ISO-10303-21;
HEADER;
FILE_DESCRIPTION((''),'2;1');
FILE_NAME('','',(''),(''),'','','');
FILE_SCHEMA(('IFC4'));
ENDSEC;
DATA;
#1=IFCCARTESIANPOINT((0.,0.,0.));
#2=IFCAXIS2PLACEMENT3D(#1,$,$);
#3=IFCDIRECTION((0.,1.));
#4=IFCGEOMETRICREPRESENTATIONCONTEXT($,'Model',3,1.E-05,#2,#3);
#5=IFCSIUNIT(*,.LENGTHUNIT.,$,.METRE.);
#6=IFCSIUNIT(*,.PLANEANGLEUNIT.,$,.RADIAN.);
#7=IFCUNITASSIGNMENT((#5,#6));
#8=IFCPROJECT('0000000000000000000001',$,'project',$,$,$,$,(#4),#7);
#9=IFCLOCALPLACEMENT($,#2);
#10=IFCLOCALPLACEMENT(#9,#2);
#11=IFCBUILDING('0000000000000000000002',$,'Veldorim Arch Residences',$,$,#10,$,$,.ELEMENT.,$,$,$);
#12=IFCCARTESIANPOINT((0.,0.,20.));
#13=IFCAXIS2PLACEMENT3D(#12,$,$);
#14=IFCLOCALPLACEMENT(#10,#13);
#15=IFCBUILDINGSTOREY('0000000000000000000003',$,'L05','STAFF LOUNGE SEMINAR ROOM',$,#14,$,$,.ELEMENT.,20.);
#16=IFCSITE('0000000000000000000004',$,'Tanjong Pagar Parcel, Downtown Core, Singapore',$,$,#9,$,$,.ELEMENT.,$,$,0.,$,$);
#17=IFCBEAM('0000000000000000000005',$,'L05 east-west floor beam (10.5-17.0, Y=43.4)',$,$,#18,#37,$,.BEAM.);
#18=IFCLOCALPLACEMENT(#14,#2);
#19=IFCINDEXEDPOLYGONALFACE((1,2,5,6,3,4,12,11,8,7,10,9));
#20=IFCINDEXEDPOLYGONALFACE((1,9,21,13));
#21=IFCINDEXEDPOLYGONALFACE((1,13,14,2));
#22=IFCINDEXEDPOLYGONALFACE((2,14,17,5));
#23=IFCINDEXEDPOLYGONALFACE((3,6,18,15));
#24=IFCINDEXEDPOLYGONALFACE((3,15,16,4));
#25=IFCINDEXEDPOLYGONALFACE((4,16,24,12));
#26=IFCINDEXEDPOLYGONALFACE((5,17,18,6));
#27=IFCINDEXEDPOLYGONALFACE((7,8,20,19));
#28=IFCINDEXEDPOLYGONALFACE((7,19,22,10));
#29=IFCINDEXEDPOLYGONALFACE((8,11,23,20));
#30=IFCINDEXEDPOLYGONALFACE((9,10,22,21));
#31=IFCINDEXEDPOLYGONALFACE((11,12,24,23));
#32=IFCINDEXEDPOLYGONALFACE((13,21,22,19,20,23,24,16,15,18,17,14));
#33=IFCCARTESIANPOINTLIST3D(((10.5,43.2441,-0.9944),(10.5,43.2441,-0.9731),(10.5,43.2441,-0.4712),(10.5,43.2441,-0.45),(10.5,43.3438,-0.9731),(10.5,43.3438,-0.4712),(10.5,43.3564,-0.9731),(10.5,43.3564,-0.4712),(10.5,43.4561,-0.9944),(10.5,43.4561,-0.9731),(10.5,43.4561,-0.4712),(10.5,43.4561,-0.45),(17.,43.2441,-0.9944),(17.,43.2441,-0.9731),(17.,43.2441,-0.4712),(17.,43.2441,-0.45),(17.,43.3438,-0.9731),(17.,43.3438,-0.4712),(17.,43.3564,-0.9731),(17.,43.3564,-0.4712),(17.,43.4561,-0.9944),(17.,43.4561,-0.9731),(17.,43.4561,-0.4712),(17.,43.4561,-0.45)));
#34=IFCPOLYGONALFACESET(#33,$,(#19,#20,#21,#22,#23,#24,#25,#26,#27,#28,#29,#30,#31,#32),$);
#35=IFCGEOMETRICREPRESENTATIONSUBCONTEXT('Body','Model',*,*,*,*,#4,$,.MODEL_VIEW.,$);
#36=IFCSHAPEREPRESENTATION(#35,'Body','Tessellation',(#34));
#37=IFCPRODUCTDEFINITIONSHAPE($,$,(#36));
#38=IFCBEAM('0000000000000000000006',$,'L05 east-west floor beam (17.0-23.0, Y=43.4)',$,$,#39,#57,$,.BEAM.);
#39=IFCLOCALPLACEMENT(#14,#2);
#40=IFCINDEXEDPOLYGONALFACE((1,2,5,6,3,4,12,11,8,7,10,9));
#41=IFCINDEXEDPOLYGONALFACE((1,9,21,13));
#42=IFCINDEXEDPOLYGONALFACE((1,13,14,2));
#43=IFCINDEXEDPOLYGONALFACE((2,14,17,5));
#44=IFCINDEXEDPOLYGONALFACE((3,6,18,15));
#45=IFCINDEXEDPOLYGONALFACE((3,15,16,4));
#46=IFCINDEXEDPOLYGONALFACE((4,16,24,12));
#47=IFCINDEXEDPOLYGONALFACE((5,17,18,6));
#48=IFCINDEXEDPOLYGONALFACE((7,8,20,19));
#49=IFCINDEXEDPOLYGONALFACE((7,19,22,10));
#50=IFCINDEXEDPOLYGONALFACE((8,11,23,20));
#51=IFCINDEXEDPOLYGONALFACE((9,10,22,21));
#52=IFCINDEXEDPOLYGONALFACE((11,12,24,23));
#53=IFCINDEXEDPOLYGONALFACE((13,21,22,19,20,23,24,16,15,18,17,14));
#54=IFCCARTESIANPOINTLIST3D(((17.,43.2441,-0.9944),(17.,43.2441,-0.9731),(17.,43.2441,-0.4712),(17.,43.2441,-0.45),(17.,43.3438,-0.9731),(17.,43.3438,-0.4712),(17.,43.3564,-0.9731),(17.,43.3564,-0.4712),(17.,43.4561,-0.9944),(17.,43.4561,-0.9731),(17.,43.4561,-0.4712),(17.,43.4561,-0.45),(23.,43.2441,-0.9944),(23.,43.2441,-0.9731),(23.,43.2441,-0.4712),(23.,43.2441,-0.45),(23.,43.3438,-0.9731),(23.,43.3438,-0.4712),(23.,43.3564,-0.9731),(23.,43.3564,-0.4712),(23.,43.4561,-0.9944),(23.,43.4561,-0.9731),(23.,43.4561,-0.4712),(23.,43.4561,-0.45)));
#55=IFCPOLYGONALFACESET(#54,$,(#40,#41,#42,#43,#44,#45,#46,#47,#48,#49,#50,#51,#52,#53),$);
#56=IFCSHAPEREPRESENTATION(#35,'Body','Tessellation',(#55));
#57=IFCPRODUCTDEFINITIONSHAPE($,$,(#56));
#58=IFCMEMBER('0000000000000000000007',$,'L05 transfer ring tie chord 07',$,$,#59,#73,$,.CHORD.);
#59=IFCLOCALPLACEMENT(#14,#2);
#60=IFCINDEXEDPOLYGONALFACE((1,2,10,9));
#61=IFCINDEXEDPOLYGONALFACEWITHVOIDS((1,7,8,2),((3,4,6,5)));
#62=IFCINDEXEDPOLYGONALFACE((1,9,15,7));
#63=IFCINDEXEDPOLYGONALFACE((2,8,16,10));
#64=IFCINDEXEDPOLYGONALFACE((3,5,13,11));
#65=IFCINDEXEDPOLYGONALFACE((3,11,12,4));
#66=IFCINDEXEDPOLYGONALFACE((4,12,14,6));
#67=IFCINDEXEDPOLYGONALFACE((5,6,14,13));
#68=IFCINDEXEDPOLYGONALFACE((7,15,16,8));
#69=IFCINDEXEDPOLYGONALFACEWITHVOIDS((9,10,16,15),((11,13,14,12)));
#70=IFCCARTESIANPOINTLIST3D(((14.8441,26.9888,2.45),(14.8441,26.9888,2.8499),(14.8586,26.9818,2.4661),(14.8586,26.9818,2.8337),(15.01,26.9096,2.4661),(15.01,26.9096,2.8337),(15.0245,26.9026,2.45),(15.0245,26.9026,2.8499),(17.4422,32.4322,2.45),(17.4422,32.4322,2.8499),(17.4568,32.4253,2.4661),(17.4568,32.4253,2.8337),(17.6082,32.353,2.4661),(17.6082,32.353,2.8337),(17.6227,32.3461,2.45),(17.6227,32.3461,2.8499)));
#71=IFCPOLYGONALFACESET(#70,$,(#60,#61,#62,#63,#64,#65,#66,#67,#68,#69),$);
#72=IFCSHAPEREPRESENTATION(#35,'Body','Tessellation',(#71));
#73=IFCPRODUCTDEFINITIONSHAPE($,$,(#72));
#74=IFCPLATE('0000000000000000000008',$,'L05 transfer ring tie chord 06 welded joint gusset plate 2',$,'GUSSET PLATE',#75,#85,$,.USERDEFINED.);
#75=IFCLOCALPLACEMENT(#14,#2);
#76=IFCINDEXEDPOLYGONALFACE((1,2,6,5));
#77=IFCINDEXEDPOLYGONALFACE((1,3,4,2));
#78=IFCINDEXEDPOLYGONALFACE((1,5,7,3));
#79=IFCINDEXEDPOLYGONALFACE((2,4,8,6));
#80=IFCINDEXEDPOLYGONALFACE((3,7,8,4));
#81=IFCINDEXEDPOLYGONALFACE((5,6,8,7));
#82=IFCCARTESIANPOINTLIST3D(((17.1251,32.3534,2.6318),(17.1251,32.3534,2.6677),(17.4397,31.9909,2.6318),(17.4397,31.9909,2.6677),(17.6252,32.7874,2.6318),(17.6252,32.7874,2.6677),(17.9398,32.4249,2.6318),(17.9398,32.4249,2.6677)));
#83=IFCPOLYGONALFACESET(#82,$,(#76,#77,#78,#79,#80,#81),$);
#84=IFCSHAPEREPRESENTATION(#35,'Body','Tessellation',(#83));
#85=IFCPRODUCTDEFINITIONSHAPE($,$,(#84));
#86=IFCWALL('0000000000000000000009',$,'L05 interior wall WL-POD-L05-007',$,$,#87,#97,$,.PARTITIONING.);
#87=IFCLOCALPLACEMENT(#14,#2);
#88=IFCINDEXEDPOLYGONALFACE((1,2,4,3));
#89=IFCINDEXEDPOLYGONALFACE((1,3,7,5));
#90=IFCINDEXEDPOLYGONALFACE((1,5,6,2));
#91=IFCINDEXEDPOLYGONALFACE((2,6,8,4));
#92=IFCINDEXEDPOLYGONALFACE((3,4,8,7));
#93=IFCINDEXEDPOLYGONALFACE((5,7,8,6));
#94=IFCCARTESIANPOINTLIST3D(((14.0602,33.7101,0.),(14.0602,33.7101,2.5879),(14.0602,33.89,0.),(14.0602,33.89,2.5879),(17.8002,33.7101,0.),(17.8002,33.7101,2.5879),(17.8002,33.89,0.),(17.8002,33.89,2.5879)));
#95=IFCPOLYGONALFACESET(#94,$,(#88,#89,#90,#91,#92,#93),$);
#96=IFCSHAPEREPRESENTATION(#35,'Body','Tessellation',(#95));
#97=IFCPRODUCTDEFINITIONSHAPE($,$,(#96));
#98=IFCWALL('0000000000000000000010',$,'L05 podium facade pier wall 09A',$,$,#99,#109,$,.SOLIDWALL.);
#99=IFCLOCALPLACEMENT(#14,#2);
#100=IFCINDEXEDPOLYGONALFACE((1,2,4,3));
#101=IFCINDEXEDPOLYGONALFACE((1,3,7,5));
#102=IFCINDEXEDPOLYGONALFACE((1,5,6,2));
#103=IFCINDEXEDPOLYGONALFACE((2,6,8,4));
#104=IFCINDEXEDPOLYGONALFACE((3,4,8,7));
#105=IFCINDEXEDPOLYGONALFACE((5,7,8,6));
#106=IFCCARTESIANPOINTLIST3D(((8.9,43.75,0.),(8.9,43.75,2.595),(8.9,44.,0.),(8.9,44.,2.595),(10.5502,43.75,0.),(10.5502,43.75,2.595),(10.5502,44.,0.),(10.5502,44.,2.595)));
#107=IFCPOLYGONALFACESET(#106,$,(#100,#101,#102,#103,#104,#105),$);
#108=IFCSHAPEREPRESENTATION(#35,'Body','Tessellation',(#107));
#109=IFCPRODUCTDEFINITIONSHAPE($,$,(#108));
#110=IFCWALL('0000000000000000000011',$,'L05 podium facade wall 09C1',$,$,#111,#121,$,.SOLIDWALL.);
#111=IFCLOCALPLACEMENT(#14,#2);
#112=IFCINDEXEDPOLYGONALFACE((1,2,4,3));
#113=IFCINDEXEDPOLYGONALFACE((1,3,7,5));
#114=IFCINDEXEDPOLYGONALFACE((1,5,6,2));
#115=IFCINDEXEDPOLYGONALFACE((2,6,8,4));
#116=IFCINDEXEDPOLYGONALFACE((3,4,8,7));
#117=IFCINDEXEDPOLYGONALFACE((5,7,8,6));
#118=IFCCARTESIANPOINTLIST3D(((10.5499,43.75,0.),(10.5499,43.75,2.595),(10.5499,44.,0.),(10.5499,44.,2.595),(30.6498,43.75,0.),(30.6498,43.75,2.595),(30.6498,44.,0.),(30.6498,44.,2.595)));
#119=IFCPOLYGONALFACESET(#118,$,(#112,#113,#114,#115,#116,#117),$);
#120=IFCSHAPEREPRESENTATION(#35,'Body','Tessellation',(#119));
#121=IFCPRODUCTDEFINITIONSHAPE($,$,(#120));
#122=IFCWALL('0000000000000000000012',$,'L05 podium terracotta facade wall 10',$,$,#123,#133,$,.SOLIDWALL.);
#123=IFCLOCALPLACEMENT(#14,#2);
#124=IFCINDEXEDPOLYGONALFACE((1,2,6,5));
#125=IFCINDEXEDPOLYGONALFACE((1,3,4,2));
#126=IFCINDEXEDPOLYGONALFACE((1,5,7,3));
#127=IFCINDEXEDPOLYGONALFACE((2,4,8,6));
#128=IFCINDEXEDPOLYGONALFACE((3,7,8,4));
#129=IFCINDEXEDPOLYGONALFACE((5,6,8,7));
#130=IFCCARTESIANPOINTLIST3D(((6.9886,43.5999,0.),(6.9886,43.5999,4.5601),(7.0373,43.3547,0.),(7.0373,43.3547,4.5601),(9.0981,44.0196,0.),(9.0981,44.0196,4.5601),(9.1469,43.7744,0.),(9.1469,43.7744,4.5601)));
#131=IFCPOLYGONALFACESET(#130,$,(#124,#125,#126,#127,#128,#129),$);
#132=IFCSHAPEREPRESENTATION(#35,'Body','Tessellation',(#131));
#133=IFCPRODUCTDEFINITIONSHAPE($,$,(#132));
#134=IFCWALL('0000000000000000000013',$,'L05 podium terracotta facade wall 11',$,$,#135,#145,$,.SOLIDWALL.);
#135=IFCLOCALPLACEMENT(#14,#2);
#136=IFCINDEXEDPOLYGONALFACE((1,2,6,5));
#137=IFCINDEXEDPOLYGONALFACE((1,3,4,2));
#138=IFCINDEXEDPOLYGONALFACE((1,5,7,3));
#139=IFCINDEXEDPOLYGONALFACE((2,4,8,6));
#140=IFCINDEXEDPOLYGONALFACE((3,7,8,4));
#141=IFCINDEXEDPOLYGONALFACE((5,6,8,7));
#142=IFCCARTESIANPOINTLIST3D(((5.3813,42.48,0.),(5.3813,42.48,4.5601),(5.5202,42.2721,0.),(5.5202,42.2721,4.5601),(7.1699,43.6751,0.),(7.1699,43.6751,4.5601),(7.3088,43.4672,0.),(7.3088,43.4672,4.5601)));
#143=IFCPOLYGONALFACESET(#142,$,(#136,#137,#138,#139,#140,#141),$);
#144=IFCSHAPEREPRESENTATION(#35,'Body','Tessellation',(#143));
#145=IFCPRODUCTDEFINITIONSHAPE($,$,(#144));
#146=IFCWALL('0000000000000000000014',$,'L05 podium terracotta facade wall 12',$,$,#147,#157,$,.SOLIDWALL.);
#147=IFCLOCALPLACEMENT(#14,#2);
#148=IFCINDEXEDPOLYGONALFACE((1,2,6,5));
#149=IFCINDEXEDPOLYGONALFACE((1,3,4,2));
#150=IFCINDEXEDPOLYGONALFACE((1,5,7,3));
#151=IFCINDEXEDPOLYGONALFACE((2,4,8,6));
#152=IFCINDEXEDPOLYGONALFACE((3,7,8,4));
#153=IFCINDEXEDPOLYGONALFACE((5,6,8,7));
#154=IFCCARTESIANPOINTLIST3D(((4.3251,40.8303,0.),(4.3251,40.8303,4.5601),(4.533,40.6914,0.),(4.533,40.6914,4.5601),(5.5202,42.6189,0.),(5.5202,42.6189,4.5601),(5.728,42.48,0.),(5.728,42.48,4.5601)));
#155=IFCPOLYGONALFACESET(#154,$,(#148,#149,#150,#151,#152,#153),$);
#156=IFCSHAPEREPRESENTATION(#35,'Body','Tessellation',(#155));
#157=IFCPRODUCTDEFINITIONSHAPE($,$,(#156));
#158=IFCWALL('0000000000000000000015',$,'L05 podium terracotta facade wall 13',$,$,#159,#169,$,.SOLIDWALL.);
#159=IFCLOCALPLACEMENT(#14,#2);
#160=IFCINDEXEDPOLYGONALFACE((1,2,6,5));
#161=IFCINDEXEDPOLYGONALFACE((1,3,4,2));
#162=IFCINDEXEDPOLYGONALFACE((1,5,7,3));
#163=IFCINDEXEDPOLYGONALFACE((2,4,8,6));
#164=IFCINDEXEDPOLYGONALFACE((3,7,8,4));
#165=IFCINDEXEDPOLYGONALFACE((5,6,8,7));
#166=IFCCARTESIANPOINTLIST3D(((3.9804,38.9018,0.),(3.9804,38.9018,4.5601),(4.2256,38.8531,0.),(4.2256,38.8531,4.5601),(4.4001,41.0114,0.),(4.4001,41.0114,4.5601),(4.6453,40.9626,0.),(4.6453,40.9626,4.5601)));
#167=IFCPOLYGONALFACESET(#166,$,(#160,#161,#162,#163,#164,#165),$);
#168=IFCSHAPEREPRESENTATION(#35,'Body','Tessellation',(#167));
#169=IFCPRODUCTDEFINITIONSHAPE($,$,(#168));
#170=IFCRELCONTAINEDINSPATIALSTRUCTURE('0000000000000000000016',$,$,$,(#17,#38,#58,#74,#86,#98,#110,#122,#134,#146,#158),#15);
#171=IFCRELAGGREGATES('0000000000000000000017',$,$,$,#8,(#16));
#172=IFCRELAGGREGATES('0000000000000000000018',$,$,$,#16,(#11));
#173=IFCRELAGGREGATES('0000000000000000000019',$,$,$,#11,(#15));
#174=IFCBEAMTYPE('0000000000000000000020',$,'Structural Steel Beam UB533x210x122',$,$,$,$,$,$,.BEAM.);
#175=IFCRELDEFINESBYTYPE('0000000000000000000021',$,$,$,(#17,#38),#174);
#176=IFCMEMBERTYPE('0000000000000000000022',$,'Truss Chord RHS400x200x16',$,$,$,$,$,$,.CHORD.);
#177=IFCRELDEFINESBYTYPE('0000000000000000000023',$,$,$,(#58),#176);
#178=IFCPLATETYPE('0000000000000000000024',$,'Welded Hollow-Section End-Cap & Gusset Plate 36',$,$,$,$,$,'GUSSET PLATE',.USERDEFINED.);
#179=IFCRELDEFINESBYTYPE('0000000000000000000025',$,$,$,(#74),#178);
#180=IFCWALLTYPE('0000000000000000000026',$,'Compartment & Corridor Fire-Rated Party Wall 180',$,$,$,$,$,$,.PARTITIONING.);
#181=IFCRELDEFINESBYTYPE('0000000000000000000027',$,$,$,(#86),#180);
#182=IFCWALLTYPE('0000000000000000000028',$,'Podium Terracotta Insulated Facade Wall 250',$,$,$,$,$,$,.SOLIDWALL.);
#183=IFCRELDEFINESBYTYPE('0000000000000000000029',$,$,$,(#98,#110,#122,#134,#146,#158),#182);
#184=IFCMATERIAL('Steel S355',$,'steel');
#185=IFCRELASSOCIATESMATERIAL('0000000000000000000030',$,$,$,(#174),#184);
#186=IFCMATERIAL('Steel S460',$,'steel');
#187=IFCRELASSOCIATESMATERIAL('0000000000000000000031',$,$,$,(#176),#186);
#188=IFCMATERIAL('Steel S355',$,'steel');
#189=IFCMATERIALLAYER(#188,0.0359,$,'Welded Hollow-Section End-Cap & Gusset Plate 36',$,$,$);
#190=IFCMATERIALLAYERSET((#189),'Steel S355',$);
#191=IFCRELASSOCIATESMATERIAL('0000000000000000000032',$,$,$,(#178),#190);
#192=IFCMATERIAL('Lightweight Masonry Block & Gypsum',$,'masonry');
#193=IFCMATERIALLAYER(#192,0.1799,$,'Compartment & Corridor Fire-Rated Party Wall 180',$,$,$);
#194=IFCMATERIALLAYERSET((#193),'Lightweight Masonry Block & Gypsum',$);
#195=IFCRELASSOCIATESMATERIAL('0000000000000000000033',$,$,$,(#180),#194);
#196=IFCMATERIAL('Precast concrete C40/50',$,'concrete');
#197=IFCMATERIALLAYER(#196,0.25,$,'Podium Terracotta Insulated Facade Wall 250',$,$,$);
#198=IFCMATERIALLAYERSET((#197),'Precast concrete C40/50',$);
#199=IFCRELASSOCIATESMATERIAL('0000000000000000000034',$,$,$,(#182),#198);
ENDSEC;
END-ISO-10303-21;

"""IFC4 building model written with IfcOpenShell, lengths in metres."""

from ifc_helpers import new_model, si_unit, direction, frame, frame_2d, origin, origin_2d, place, context, subcontext, project, spatial, rectangle, hollow_rectangle, i_section, extrude, material, layer, layer_set, material_profile, profile_set, type_object, element, save


model = new_model("IFC4")

# Units and contexts
model_context = context("Model", 3, precision=1e-05, world=origin(), true_north=direction((0.0, 1.0)))
body_context = subcontext(model_context, "Body", "Model", "MODEL_VIEW")
ifc_project = project(units=[si_unit("LENGTHUNIT", "METRE"), si_unit("PLANEANGLEUNIT", "RADIAN")], contexts=[model_context])

# Site, building, storey
site_placement = place(None, origin())
site = spatial("IfcSite", under=ifc_project, at=site_placement, Name="Tanjong Pagar Parcel, Downtown Core, Singapore", CompositionType="ELEMENT", RefElevation=0.0)
building_placement = place(site_placement, origin())
building = spatial("IfcBuilding", under=site, at=building_placement, Name="Veldorim Arch Residences", CompositionType="ELEMENT")
storey_placement = place(building_placement, frame((0.0, 0.0, 20.0)))
storey = spatial("IfcBuildingStorey", under=building, at=storey_placement, Name="L05", Description="STAFF LOUNGE SEMINAR ROOM", CompositionType="ELEMENT", Elevation=20.0)

# Beams
ifc_material_1 = material(Name="Steel S355", Category="steel")
ifc_material_profile_1 = material_profile(ifc_material_1, i_section(OverallWidth=0.2119, OverallDepth=0.5444, WebThickness=0.0127, FlangeThickness=0.0212, at=origin_2d()), Name="UB533x210x122")
ifc_profile_set_1 = profile_set([ifc_material_profile_1], Name="Steel S355")
beam_type_1 = type_object("IfcBeamType", Name="Structural Steel Beam UB533x210x122", PredefinedType="BEAM", material=ifc_profile_set_1)
beam_1_placement = place(storey_placement, frame((10.5, 43.3501, -0.7222), z_axis=(1.0, 0.0, 0.0), x_axis=(0.0, 1.0, 0.0)))
element("IfcBeam", 1, at=beam_1_placement, inside=storey, type_object=beam_type_1, Name="L05 east-west floor beam (10.5-17.0, Y=43.4)", PredefinedType="BEAM", context=body_context, shape_type="SweptSolid", body=[
    extrude(i_section(OverallWidth=0.2119, OverallDepth=0.5444, WebThickness=0.0127, FlangeThickness=0.0212, at=origin_2d()), origin(), (0.0, 0.0, 1.0), 6.5),
])
beam_2_placement = place(storey_placement, frame((17.0, 43.3501, -0.7222), z_axis=(1.0, 0.0, 0.0), x_axis=(0.0, 1.0, 0.0)))
element("IfcBeam", 2, at=beam_2_placement, inside=storey, type_object=beam_type_1, Name="L05 east-west floor beam (17.0-23.0, Y=43.4)", PredefinedType="BEAM", context=body_context, shape_type="SweptSolid", body=[
    extrude(i_section(OverallWidth=0.2119, OverallDepth=0.5444, WebThickness=0.0127, FlangeThickness=0.0212, at=origin_2d()), origin(), (0.0, 0.0, 1.0), 6.0),
])

# Member
ifc_material_2 = material(Name="Steel S460", Category="steel")
ifc_material_profile_2 = material_profile(ifc_material_2, hollow_rectangle(XDim=0.2, YDim=0.3999, WallThickness=0.0161, at=origin_2d()), Name="RHS400x200x16")
ifc_profile_set_2 = profile_set([ifc_material_profile_2], Name="Steel S460")
member_type = type_object("IfcMemberType", Name="Truss Chord RHS400x200x16", PredefinedType="CHORD", material=ifc_profile_set_2)
member_placement = place(storey_placement, frame((17.5325, 32.3892, 2.6499), z_axis=(-0.430754, -0.90247, 0.0), x_axis=(0.90247, -0.430754, 0.0)))
element("IfcMember", 3, at=member_placement, inside=storey, type_object=member_type, Name="L05 transfer ring tie chord 07", PredefinedType="CHORD", context=body_context, shape_type="SweptSolid", body=[
    extrude(hollow_rectangle(XDim=0.2, YDim=0.3999, WallThickness=0.0161, at=origin_2d()), origin(), (0.0, 0.0, 1.0), 6.0317),
])

# Plate
ifc_material_3 = material(Name="Steel S355", Category="steel")
ifc_layer_1 = layer(ifc_material_3, 0.0359, Name="Welded Hollow-Section End-Cap & Gusset Plate 36")
ifc_layer_set_1 = layer_set([ifc_layer_1], Name="Steel S355")
plate_type = type_object("IfcPlateType", Name="Welded Hollow-Section End-Cap & Gusset Plate 36", ElementType="GUSSET PLATE", PredefinedType="USERDEFINED", material=ifc_layer_set_1)
plate_placement = place(storey_placement, frame((17.5325, 32.3892, 2.6318), z_axis=(0.0, 0.0, 1.0), x_axis=(-0.755259, -0.655427, 0.0)))
element("IfcPlate", 4, at=plate_placement, inside=storey, type_object=plate_type, Name="L05 transfer ring tie chord 06 welded joint gusset plate 2", ObjectType="GUSSET PLATE", PredefinedType="USERDEFINED", context=body_context, shape_type="SweptSolid", body=[
    extrude(rectangle(XDim=0.6621, YDim=0.48, at=origin_2d()), origin(), (0.0, 0.0, 1.0), 0.0359),
])

# Walls
ifc_material_4 = material(Name="Lightweight Masonry Block & Gypsum", Category="masonry")
ifc_layer_2 = layer(ifc_material_4, 0.1799, Name="Compartment & Corridor Fire-Rated Party Wall 180")
ifc_layer_set_2 = layer_set([ifc_layer_2], Name="Lightweight Masonry Block & Gypsum")
wall_type_1 = type_object("IfcWallType", Name="Compartment & Corridor Fire-Rated Party Wall 180", PredefinedType="PARTITIONING", material=ifc_layer_set_2)
wall_1_placement = place(storey_placement, frame((14.0601, 33.8, 0.0), z_axis=(0.0, 0.0, 1.0), x_axis=(1.0, 0.0, 0.0)))
element("IfcWall", 5, at=wall_1_placement, inside=storey, type_object=wall_type_1, Name="L05 interior wall WL-POD-L05-007", PredefinedType="PARTITIONING", context=body_context, shape_type="SweptSolid", body=[
    extrude(rectangle(XDim=3.74, YDim=0.1799, at=frame_2d((1.8701, 0.0))), origin(), (0.0, 0.0, 1.0), 2.5879),
])
ifc_material_5 = material(Name="Precast concrete C40/50", Category="concrete")
ifc_layer_3 = layer(ifc_material_5, 0.25, Name="Podium Terracotta Insulated Facade Wall 250")
ifc_layer_set_3 = layer_set([ifc_layer_3], Name="Precast concrete C40/50")
wall_type_2 = type_object("IfcWallType", Name="Podium Terracotta Insulated Facade Wall 250", PredefinedType="SOLIDWALL", material=ifc_layer_set_3)
wall_2_placement = place(storey_placement, frame((8.8999, 43.875, 0.0), z_axis=(0.0, 0.0, 1.0), x_axis=(1.0, 0.0, 0.0)))
element("IfcWall", 6, at=wall_2_placement, inside=storey, type_object=wall_type_2, Name="L05 podium facade pier wall 09A", PredefinedType="SOLIDWALL", context=body_context, shape_type="SweptSolid", body=[
    extrude(rectangle(XDim=1.6501, YDim=0.25, at=frame_2d((0.8252, 0.0))), origin(), (0.0, 0.0, 1.0), 2.595),
])
wall_3_placement = place(storey_placement, frame((10.55, 43.875, 0.0), z_axis=(0.0, 0.0, 1.0), x_axis=(1.0, 0.0, 0.0)))
element("IfcWall", 7, at=wall_3_placement, inside=storey, type_object=wall_type_2, Name="L05 podium facade wall 09C1", PredefinedType="SOLIDWALL", context=body_context, shape_type="SweptSolid", body=[
    extrude(rectangle(XDim=20.0999, YDim=0.25, at=frame_2d((10.0498, 0.0))), origin(), (0.0, 0.0, 1.0), 2.595),
])
wall_4_placement = place(storey_placement, frame((7.0129, 43.4773, 0.0), z_axis=(0.0, 0.0, 1.0), x_axis=(0.980781, 0.195112, 0.0)))
element("IfcWall", 8, at=wall_4_placement, inside=storey, type_object=wall_type_2, Name="L05 podium terracotta facade wall 10", PredefinedType="SOLIDWALL", context=body_context, shape_type="SweptSolid", body=[
    extrude(rectangle(XDim=2.1509, YDim=0.25, at=frame_2d((1.0754, 0.0))), origin(), (0.0, 0.0, 1.0), 4.5601),
])
for number, where, z_axis, x_axis, name in (
    (9, (5.4507, 42.376, 0.0), (0.0, 0.0, 1.0), (0.831474, 0.555564, 0.0), "L05 podium terracotta facade wall 11"),
    (10, (4.429, 40.7607, 0.0), (0.0, 0.0, 1.0), (0.555564, 0.831474, 0.0), "L05 podium terracotta facade wall 12"),
):
    element("IfcWall", number, at=place(storey_placement, frame(where, z_axis=z_axis, x_axis=x_axis)), inside=storey, type_object=wall_type_2, Name=name, PredefinedType="SOLIDWALL", context=body_context, shape_type="SweptSolid", body=[
        extrude(rectangle(XDim=2.1511, YDim=0.25, at=frame_2d((1.0757, 0.0))), origin(), (0.0, 0.0, 1.0), 4.5601),
    ])
wall_5_placement = place(storey_placement, frame((4.103, 38.8774, 0.0), z_axis=(0.0, 0.0, 1.0), x_axis=(0.195112, 0.980781, 0.0)))
element("IfcWall", 11, at=wall_5_placement, inside=storey, type_object=wall_type_2, Name="L05 podium terracotta facade wall 13", PredefinedType="SOLIDWALL", context=body_context, shape_type="SweptSolid", body=[
    extrude(rectangle(XDim=2.1509, YDim=0.25, at=frame_2d((1.0754, 0.0))), origin(), (0.0, 0.0, 1.0), 4.5601),
])

save(model, "model.ifc")
